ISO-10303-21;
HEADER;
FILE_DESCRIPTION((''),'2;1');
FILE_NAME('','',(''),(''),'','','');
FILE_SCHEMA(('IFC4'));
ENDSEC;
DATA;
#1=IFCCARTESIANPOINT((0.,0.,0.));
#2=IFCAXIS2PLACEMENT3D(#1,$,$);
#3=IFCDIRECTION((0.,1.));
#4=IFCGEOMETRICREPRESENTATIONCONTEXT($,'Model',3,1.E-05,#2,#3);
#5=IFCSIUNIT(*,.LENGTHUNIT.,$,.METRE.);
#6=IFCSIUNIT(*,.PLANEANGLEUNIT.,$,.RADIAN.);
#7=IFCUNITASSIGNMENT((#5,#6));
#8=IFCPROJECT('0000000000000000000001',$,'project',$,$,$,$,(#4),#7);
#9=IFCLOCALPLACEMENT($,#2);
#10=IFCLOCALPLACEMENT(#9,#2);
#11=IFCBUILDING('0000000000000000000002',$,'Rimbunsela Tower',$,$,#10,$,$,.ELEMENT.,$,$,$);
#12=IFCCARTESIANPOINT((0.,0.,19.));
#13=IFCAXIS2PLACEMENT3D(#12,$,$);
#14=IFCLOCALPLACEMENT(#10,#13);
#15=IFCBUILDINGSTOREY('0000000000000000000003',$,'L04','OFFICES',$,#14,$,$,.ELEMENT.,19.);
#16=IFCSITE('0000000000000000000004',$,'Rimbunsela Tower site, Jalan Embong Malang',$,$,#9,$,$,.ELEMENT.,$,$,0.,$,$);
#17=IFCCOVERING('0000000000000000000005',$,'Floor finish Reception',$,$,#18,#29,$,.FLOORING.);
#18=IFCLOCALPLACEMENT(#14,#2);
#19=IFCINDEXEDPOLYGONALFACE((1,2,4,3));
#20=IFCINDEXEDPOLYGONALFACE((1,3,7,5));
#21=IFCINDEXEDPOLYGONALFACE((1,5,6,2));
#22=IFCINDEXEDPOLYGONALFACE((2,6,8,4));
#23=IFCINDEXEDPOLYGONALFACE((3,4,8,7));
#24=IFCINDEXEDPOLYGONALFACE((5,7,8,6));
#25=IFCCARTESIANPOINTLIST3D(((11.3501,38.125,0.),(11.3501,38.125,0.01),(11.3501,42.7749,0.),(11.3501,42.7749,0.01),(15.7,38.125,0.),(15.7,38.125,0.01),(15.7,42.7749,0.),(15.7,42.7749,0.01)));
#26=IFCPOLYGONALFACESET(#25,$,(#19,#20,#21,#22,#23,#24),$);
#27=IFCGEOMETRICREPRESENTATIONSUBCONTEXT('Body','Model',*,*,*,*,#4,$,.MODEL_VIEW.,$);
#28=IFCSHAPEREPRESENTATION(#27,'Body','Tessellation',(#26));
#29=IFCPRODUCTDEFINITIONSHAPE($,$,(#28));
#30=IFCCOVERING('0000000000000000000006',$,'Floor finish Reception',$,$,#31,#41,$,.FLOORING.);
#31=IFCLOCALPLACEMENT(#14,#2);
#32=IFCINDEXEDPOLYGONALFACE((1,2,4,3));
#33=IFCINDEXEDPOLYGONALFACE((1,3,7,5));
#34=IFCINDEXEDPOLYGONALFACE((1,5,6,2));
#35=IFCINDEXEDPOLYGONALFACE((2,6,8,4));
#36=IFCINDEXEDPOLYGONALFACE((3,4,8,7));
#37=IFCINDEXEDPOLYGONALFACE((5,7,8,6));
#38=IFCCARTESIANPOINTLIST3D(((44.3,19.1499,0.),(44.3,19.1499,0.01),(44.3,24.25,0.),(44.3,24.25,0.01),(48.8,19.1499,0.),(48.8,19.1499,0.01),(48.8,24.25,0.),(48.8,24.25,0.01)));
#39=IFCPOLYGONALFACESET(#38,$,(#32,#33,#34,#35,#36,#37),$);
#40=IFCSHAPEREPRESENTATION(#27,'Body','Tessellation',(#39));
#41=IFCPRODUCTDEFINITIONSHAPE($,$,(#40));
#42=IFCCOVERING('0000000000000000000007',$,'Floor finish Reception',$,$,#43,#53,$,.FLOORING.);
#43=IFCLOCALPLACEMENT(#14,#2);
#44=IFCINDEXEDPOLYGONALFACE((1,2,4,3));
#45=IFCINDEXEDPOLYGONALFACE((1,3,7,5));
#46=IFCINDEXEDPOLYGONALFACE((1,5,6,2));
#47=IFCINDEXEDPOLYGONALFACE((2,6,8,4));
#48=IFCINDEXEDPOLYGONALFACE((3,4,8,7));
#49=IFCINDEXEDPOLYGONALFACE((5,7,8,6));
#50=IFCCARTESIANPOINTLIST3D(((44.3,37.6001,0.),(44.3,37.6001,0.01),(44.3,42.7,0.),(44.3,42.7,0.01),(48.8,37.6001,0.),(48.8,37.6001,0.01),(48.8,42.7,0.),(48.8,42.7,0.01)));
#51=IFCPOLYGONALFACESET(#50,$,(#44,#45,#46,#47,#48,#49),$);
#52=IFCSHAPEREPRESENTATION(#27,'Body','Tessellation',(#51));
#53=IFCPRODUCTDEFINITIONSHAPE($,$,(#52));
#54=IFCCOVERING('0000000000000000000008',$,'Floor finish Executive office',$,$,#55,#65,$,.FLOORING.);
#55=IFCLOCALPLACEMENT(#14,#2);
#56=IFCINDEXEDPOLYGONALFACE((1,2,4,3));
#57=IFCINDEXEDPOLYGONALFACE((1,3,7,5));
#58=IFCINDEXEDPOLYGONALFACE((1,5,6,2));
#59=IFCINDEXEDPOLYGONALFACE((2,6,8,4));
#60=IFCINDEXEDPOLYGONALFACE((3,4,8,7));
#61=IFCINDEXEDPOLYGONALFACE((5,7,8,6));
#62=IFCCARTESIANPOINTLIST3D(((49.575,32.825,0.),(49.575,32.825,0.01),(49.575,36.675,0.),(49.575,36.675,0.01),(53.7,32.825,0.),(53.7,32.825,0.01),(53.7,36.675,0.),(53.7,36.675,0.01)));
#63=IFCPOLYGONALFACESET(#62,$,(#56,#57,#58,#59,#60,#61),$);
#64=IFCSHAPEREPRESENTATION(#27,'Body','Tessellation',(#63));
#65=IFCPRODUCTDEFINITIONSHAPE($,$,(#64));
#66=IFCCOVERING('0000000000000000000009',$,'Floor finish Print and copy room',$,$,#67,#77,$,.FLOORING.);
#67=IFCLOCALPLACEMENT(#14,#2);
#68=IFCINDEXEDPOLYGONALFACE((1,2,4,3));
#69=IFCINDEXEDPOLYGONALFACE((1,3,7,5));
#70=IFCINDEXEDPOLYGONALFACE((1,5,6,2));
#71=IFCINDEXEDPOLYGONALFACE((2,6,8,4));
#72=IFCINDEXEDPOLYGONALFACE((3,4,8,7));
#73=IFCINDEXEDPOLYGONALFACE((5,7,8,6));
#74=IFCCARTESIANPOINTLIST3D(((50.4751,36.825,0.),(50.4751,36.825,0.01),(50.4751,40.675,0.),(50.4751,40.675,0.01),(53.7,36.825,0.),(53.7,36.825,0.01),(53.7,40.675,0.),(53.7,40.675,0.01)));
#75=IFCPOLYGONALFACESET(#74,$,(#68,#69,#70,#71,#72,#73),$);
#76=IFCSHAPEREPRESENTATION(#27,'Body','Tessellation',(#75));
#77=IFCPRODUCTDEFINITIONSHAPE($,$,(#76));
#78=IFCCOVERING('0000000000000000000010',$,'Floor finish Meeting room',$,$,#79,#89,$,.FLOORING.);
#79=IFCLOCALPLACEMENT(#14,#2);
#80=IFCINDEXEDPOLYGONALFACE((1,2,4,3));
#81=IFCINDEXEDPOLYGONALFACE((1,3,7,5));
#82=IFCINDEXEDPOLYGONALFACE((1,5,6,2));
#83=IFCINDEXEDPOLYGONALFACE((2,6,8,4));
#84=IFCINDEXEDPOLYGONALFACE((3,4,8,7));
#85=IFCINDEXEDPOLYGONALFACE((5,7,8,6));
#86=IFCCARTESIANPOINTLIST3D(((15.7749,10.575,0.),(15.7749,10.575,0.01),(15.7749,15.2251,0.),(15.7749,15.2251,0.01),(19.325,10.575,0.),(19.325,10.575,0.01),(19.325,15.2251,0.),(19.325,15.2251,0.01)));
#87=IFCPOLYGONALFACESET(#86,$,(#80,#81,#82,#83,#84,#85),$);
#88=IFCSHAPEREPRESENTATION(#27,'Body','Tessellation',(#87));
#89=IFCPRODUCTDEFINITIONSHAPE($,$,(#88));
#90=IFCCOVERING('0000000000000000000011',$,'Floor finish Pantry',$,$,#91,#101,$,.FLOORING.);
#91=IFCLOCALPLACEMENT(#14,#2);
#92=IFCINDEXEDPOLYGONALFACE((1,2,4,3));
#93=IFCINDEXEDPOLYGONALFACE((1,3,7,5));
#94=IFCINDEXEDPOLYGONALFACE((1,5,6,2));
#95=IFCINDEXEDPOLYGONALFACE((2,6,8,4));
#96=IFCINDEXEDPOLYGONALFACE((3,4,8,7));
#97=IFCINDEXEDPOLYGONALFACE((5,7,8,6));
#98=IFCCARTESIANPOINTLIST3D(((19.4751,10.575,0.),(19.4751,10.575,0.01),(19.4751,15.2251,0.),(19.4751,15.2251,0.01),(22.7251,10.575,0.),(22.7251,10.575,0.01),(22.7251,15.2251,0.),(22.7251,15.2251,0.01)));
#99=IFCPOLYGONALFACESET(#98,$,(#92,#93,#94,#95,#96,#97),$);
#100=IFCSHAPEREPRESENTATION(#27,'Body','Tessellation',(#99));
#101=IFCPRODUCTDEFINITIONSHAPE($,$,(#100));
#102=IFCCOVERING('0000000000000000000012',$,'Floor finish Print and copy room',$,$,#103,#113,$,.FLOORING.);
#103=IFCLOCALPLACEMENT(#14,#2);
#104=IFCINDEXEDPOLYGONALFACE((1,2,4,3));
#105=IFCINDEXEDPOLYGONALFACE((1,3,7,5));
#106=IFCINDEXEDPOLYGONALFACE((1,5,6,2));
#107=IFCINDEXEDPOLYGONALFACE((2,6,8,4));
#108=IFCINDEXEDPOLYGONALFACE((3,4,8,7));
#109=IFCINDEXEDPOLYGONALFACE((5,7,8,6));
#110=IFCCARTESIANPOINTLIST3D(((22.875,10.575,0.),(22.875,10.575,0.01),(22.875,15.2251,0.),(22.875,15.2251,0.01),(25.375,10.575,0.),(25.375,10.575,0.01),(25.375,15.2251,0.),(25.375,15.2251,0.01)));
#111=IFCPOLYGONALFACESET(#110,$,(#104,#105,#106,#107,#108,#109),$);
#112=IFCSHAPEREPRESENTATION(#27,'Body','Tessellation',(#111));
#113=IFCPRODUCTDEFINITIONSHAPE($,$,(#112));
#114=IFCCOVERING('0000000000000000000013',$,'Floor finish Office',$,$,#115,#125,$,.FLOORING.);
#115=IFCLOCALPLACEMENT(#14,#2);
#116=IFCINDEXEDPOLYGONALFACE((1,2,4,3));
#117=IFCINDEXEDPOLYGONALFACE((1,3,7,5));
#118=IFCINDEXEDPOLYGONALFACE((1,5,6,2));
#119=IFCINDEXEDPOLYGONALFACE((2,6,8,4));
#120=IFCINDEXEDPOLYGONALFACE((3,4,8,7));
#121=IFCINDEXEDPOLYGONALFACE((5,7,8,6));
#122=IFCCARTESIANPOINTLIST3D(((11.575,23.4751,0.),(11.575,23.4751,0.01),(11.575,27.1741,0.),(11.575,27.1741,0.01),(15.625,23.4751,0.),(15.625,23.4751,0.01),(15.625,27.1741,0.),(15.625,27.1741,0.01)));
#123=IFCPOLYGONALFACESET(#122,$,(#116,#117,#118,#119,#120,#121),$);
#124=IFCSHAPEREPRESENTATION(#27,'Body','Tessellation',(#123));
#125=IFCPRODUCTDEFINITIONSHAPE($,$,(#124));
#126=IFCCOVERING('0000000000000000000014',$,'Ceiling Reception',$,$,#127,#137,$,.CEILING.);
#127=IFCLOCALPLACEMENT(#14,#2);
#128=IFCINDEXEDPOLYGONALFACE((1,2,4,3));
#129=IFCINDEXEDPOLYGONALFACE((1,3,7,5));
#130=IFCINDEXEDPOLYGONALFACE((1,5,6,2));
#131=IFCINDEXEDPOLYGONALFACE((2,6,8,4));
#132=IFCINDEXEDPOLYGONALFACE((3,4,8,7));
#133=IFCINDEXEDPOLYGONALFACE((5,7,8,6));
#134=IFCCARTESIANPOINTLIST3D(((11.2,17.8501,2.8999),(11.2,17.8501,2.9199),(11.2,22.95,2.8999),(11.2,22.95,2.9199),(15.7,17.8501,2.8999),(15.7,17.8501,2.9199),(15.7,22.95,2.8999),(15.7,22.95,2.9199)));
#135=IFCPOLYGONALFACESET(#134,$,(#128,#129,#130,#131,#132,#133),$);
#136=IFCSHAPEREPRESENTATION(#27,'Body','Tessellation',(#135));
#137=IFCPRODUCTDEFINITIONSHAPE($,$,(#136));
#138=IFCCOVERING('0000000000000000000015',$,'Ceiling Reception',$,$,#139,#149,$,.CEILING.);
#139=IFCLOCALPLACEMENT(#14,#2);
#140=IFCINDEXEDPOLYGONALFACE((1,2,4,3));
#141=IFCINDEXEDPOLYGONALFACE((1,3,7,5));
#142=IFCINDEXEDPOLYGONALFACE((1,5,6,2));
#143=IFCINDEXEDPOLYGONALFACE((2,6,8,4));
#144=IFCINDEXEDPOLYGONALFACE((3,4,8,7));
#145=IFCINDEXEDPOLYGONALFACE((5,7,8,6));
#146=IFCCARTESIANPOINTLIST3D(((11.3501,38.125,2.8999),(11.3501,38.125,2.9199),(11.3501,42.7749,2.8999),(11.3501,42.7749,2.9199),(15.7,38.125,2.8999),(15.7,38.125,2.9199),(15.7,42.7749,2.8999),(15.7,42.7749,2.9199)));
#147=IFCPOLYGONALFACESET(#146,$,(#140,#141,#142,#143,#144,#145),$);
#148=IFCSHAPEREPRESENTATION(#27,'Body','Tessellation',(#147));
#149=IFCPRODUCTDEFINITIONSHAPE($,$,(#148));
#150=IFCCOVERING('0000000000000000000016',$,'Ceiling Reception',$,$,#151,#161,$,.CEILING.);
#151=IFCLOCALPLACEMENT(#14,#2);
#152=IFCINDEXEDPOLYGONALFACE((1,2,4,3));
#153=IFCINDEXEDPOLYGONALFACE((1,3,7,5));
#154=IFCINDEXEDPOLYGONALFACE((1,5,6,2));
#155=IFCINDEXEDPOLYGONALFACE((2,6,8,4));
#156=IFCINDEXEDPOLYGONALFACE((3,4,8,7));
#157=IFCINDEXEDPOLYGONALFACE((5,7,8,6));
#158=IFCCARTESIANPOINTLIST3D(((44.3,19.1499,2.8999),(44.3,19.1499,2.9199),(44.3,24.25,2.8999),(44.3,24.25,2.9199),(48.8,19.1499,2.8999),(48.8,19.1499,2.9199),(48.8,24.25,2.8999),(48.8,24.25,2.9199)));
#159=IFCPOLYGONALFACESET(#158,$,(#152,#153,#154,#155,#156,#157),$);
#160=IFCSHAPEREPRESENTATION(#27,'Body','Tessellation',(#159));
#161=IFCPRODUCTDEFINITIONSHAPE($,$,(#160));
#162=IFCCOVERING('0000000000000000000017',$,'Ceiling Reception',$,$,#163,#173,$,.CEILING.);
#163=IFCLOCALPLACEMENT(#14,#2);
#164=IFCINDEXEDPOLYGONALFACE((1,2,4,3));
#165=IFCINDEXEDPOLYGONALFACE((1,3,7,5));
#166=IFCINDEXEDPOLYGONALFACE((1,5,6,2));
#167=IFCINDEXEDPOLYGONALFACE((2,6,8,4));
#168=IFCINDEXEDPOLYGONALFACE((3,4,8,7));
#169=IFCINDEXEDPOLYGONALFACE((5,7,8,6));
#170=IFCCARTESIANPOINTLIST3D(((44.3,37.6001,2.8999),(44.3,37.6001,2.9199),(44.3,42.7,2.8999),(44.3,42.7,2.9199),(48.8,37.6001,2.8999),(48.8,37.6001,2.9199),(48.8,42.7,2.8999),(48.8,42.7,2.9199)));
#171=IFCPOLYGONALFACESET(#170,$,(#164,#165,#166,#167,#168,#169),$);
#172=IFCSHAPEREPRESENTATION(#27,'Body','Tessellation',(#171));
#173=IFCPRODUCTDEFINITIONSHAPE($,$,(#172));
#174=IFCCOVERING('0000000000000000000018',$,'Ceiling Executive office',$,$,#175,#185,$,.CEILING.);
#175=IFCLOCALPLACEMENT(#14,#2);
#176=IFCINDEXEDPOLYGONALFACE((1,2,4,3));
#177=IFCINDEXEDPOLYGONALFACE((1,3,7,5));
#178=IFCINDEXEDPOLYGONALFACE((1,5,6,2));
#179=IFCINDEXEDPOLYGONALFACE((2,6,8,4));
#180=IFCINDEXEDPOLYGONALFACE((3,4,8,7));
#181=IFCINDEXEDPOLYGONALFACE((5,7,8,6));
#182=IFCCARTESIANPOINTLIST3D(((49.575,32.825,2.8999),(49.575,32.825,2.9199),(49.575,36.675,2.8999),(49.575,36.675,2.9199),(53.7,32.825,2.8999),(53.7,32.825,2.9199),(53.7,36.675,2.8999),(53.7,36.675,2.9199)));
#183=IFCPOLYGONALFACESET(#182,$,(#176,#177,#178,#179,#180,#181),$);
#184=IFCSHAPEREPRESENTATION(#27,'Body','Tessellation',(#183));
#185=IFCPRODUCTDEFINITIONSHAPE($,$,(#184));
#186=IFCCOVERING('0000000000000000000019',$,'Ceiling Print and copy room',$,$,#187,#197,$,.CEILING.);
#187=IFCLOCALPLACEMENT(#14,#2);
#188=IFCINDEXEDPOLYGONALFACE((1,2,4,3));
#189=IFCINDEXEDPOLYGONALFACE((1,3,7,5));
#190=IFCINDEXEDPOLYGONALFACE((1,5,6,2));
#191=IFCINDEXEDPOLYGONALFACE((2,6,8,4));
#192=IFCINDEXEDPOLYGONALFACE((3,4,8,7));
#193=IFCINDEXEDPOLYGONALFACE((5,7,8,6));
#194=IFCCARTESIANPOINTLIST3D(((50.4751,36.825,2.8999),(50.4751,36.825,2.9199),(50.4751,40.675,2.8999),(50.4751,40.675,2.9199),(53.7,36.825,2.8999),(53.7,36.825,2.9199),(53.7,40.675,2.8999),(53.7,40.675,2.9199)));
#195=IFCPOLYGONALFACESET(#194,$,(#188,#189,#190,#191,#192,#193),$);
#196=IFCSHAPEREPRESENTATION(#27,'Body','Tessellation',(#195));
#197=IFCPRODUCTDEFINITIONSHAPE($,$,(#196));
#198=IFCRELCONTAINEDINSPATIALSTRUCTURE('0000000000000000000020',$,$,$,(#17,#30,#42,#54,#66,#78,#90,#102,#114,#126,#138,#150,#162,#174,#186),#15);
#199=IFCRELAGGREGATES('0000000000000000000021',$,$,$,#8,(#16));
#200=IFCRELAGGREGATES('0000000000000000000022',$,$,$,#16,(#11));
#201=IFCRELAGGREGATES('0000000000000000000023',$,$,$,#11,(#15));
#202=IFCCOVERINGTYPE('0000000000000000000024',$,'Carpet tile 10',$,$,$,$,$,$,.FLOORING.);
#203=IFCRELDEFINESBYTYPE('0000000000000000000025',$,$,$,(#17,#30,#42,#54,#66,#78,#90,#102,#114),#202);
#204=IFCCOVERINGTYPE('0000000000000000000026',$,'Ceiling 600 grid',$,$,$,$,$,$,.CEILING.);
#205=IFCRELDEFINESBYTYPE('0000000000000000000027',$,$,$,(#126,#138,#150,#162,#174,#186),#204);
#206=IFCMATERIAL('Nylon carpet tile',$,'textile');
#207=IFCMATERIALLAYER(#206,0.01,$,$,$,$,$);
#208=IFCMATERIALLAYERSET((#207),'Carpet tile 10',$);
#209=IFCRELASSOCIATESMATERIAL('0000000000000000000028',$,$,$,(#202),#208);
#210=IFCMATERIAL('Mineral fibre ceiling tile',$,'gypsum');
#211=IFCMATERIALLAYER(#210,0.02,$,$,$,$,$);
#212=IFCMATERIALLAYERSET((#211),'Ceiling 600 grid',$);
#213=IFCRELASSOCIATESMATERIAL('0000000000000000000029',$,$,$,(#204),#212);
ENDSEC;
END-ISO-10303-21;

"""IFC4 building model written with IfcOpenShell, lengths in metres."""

from ifc_helpers import new_model, si_unit, direction, frame, origin, place, context, subcontext, project, spatial, polyline, outline, extrude, material, layer, layer_set, type_object, element, save


model = new_model("IFC4")

# Units and contexts
model_context = context("Model", 3, precision=1e-05, world=origin(), true_north=direction((0.0, 1.0)))
body_context = subcontext(model_context, "Body", "Model", "MODEL_VIEW")
ifc_project = project(units=[si_unit("LENGTHUNIT", "METRE"), si_unit("PLANEANGLEUNIT", "RADIAN")], contexts=[model_context])

# Site, building, storey
site_placement = place(None, origin())
site = spatial("IfcSite", under=ifc_project, at=site_placement, Name="Rimbunsela Tower site, Jalan Embong Malang", CompositionType="ELEMENT", RefElevation=0.0)
building_placement = place(site_placement, origin())
building = spatial("IfcBuilding", under=site, at=building_placement, Name="Rimbunsela Tower", CompositionType="ELEMENT")
storey_placement = place(building_placement, frame((0.0, 0.0, 19.0)))
storey = spatial("IfcBuildingStorey", under=building, at=storey_placement, Name="L04", Description="OFFICES", CompositionType="ELEMENT", Elevation=19.0)

# Coverings
ifc_material_1 = material(Name="Nylon carpet tile", Category="textile")
ifc_layer_1 = layer(ifc_material_1, 0.01)
ifc_layer_set_1 = layer_set([ifc_layer_1], Name="Carpet tile 10")
covering_type_1 = type_object("IfcCoveringType", Name="Carpet tile 10", PredefinedType="FLOORING", material=ifc_layer_set_1)
covering_1_placement = place(storey_placement, origin())
element("IfcCovering", 1, at=covering_1_placement, inside=storey, type_object=covering_type_1, Name="Floor finish Reception", PredefinedType="FLOORING", context=body_context, shape_type="SweptSolid", body=[
    extrude(outline(polyline([(15.7, 38.125), (15.7, 42.7749), (11.3501, 42.7749), (11.3501, 38.125), (15.7, 38.125)])), origin(), (0.0, 0.0, 1.0), 0.01),
])
covering_2_placement = place(storey_placement, origin())
element("IfcCovering", 2, at=covering_2_placement, inside=storey, type_object=covering_type_1, Name="Floor finish Reception", PredefinedType="FLOORING", context=body_context, shape_type="SweptSolid", body=[
    extrude(outline(polyline([(48.8, 19.1499), (48.8, 24.25), (44.3, 24.25), (44.3, 19.1499), (48.8, 19.1499)])), origin(), (0.0, 0.0, 1.0), 0.01),
])
covering_3_placement = place(storey_placement, origin())
element("IfcCovering", 3, at=covering_3_placement, inside=storey, type_object=covering_type_1, Name="Floor finish Reception", PredefinedType="FLOORING", context=body_context, shape_type="SweptSolid", body=[
    extrude(outline(polyline([(48.8, 37.6001), (48.8, 42.7), (44.3, 42.7), (44.3, 37.6001), (48.8, 37.6001)])), origin(), (0.0, 0.0, 1.0), 0.01),
])
covering_4_placement = place(storey_placement, origin())
element("IfcCovering", 4, at=covering_4_placement, inside=storey, type_object=covering_type_1, Name="Floor finish Executive office", PredefinedType="FLOORING", context=body_context, shape_type="SweptSolid", body=[
    extrude(outline(polyline([(53.7, 32.825), (53.7, 36.675), (49.575, 36.675), (49.575, 32.825), (53.7, 32.825)])), origin(), (0.0, 0.0, 1.0), 0.01),
])
covering_5_placement = place(storey_placement, origin())
element("IfcCovering", 5, at=covering_5_placement, inside=storey, type_object=covering_type_1, Name="Floor finish Print and copy room", PredefinedType="FLOORING", context=body_context, shape_type="SweptSolid", body=[
    extrude(outline(polyline([(53.7, 36.825), (53.7, 40.675), (50.4751, 40.675), (50.4751, 36.825), (53.7, 36.825)])), origin(), (0.0, 0.0, 1.0), 0.01),
])
covering_6_placement = place(storey_placement, origin())
element("IfcCovering", 6, at=covering_6_placement, inside=storey, type_object=covering_type_1, Name="Floor finish Meeting room", PredefinedType="FLOORING", context=body_context, shape_type="SweptSolid", body=[
    extrude(outline(polyline([(19.325, 10.575), (19.325, 15.2251), (15.7749, 15.2251), (15.7749, 10.575), (19.325, 10.575)])), origin(), (0.0, 0.0, 1.0), 0.01),
])
covering_7_placement = place(storey_placement, origin())
element("IfcCovering", 7, at=covering_7_placement, inside=storey, type_object=covering_type_1, Name="Floor finish Pantry", PredefinedType="FLOORING", context=body_context, shape_type="SweptSolid", body=[
    extrude(outline(polyline([(22.7251, 10.575), (22.7251, 15.2251), (19.4751, 15.2251), (19.4751, 10.575), (22.7251, 10.575)])), origin(), (0.0, 0.0, 1.0), 0.01),
])
covering_8_placement = place(storey_placement, origin())
element("IfcCovering", 8, at=covering_8_placement, inside=storey, type_object=covering_type_1, Name="Floor finish Print and copy room", PredefinedType="FLOORING", context=body_context, shape_type="SweptSolid", body=[
    extrude(outline(polyline([(25.375, 10.575), (25.375, 15.2251), (22.875, 15.2251), (22.875, 10.575), (25.375, 10.575)])), origin(), (0.0, 0.0, 1.0), 0.01),
])
covering_9_placement = place(storey_placement, origin())
element("IfcCovering", 9, at=covering_9_placement, inside=storey, type_object=covering_type_1, Name="Floor finish Office", PredefinedType="FLOORING", context=body_context, shape_type="SweptSolid", body=[
    extrude(outline(polyline([(15.625, 23.4751), (15.625, 27.1741), (11.575, 27.1741), (11.575, 23.4751), (15.625, 23.4751)])), origin(), (0.0, 0.0, 1.0), 0.01),
])
ifc_material_2 = material(Name="Mineral fibre ceiling tile", Category="gypsum")
ifc_layer_2 = layer(ifc_material_2, 0.02)
ifc_layer_set_2 = layer_set([ifc_layer_2], Name="Ceiling 600 grid")
covering_type_2 = type_object("IfcCoveringType", Name="Ceiling 600 grid", PredefinedType="CEILING", material=ifc_layer_set_2)
covering_10_placement = place(storey_placement, frame((0.0, 0.0, 2.8999)))
element("IfcCovering", 10, at=covering_10_placement, inside=storey, type_object=covering_type_2, Name="Ceiling Reception", PredefinedType="CEILING", context=body_context, shape_type="SweptSolid", body=[
    extrude(outline(polyline([(15.7, 17.8501), (15.7, 22.95), (11.2, 22.95), (11.2, 17.8501), (15.7, 17.8501)])), origin(), (0.0, 0.0, 1.0), 0.02),
])
covering_11_placement = place(storey_placement, frame((0.0, 0.0, 2.8999)))
element("IfcCovering", 11, at=covering_11_placement, inside=storey, type_object=covering_type_2, Name="Ceiling Reception", PredefinedType="CEILING", context=body_context, shape_type="SweptSolid", body=[
    extrude(outline(polyline([(15.7, 38.125), (15.7, 42.7749), (11.3501, 42.7749), (11.3501, 38.125), (15.7, 38.125)])), origin(), (0.0, 0.0, 1.0), 0.02),
])
covering_12_placement = place(storey_placement, frame((0.0, 0.0, 2.8999)))
element("IfcCovering", 12, at=covering_12_placement, inside=storey, type_object=covering_type_2, Name="Ceiling Reception", PredefinedType="CEILING", context=body_context, shape_type="SweptSolid", body=[
    extrude(outline(polyline([(48.8, 19.1499), (48.8, 24.25), (44.3, 24.25), (44.3, 19.1499), (48.8, 19.1499)])), origin(), (0.0, 0.0, 1.0), 0.02),
])
covering_13_placement = place(storey_placement, frame((0.0, 0.0, 2.8999)))
element("IfcCovering", 13, at=covering_13_placement, inside=storey, type_object=covering_type_2, Name="Ceiling Reception", PredefinedType="CEILING", context=body_context, shape_type="SweptSolid", body=[
    extrude(outline(polyline([(48.8, 37.6001), (48.8, 42.7), (44.3, 42.7), (44.3, 37.6001), (48.8, 37.6001)])), origin(), (0.0, 0.0, 1.0), 0.02),
])
covering_14_placement = place(storey_placement, frame((0.0, 0.0, 2.8999)))
element("IfcCovering", 14, at=covering_14_placement, inside=storey, type_object=covering_type_2, Name="Ceiling Executive office", PredefinedType="CEILING", context=body_context, shape_type="SweptSolid", body=[
    extrude(outline(polyline([(53.7, 32.825), (53.7, 36.675), (49.575, 36.675), (49.575, 32.825), (53.7, 32.825)])), origin(), (0.0, 0.0, 1.0), 0.02),
])
covering_15_placement = place(storey_placement, frame((0.0, 0.0, 2.8999)))
element("IfcCovering", 15, at=covering_15_placement, inside=storey, type_object=covering_type_2, Name="Ceiling Print and copy room", PredefinedType="CEILING", context=body_context, shape_type="SweptSolid", body=[
    extrude(outline(polyline([(53.7, 36.825), (53.7, 40.675), (50.4751, 40.675), (50.4751, 36.825), (53.7, 36.825)])), origin(), (0.0, 0.0, 1.0), 0.02),
])

save(model, "model.ifc")
